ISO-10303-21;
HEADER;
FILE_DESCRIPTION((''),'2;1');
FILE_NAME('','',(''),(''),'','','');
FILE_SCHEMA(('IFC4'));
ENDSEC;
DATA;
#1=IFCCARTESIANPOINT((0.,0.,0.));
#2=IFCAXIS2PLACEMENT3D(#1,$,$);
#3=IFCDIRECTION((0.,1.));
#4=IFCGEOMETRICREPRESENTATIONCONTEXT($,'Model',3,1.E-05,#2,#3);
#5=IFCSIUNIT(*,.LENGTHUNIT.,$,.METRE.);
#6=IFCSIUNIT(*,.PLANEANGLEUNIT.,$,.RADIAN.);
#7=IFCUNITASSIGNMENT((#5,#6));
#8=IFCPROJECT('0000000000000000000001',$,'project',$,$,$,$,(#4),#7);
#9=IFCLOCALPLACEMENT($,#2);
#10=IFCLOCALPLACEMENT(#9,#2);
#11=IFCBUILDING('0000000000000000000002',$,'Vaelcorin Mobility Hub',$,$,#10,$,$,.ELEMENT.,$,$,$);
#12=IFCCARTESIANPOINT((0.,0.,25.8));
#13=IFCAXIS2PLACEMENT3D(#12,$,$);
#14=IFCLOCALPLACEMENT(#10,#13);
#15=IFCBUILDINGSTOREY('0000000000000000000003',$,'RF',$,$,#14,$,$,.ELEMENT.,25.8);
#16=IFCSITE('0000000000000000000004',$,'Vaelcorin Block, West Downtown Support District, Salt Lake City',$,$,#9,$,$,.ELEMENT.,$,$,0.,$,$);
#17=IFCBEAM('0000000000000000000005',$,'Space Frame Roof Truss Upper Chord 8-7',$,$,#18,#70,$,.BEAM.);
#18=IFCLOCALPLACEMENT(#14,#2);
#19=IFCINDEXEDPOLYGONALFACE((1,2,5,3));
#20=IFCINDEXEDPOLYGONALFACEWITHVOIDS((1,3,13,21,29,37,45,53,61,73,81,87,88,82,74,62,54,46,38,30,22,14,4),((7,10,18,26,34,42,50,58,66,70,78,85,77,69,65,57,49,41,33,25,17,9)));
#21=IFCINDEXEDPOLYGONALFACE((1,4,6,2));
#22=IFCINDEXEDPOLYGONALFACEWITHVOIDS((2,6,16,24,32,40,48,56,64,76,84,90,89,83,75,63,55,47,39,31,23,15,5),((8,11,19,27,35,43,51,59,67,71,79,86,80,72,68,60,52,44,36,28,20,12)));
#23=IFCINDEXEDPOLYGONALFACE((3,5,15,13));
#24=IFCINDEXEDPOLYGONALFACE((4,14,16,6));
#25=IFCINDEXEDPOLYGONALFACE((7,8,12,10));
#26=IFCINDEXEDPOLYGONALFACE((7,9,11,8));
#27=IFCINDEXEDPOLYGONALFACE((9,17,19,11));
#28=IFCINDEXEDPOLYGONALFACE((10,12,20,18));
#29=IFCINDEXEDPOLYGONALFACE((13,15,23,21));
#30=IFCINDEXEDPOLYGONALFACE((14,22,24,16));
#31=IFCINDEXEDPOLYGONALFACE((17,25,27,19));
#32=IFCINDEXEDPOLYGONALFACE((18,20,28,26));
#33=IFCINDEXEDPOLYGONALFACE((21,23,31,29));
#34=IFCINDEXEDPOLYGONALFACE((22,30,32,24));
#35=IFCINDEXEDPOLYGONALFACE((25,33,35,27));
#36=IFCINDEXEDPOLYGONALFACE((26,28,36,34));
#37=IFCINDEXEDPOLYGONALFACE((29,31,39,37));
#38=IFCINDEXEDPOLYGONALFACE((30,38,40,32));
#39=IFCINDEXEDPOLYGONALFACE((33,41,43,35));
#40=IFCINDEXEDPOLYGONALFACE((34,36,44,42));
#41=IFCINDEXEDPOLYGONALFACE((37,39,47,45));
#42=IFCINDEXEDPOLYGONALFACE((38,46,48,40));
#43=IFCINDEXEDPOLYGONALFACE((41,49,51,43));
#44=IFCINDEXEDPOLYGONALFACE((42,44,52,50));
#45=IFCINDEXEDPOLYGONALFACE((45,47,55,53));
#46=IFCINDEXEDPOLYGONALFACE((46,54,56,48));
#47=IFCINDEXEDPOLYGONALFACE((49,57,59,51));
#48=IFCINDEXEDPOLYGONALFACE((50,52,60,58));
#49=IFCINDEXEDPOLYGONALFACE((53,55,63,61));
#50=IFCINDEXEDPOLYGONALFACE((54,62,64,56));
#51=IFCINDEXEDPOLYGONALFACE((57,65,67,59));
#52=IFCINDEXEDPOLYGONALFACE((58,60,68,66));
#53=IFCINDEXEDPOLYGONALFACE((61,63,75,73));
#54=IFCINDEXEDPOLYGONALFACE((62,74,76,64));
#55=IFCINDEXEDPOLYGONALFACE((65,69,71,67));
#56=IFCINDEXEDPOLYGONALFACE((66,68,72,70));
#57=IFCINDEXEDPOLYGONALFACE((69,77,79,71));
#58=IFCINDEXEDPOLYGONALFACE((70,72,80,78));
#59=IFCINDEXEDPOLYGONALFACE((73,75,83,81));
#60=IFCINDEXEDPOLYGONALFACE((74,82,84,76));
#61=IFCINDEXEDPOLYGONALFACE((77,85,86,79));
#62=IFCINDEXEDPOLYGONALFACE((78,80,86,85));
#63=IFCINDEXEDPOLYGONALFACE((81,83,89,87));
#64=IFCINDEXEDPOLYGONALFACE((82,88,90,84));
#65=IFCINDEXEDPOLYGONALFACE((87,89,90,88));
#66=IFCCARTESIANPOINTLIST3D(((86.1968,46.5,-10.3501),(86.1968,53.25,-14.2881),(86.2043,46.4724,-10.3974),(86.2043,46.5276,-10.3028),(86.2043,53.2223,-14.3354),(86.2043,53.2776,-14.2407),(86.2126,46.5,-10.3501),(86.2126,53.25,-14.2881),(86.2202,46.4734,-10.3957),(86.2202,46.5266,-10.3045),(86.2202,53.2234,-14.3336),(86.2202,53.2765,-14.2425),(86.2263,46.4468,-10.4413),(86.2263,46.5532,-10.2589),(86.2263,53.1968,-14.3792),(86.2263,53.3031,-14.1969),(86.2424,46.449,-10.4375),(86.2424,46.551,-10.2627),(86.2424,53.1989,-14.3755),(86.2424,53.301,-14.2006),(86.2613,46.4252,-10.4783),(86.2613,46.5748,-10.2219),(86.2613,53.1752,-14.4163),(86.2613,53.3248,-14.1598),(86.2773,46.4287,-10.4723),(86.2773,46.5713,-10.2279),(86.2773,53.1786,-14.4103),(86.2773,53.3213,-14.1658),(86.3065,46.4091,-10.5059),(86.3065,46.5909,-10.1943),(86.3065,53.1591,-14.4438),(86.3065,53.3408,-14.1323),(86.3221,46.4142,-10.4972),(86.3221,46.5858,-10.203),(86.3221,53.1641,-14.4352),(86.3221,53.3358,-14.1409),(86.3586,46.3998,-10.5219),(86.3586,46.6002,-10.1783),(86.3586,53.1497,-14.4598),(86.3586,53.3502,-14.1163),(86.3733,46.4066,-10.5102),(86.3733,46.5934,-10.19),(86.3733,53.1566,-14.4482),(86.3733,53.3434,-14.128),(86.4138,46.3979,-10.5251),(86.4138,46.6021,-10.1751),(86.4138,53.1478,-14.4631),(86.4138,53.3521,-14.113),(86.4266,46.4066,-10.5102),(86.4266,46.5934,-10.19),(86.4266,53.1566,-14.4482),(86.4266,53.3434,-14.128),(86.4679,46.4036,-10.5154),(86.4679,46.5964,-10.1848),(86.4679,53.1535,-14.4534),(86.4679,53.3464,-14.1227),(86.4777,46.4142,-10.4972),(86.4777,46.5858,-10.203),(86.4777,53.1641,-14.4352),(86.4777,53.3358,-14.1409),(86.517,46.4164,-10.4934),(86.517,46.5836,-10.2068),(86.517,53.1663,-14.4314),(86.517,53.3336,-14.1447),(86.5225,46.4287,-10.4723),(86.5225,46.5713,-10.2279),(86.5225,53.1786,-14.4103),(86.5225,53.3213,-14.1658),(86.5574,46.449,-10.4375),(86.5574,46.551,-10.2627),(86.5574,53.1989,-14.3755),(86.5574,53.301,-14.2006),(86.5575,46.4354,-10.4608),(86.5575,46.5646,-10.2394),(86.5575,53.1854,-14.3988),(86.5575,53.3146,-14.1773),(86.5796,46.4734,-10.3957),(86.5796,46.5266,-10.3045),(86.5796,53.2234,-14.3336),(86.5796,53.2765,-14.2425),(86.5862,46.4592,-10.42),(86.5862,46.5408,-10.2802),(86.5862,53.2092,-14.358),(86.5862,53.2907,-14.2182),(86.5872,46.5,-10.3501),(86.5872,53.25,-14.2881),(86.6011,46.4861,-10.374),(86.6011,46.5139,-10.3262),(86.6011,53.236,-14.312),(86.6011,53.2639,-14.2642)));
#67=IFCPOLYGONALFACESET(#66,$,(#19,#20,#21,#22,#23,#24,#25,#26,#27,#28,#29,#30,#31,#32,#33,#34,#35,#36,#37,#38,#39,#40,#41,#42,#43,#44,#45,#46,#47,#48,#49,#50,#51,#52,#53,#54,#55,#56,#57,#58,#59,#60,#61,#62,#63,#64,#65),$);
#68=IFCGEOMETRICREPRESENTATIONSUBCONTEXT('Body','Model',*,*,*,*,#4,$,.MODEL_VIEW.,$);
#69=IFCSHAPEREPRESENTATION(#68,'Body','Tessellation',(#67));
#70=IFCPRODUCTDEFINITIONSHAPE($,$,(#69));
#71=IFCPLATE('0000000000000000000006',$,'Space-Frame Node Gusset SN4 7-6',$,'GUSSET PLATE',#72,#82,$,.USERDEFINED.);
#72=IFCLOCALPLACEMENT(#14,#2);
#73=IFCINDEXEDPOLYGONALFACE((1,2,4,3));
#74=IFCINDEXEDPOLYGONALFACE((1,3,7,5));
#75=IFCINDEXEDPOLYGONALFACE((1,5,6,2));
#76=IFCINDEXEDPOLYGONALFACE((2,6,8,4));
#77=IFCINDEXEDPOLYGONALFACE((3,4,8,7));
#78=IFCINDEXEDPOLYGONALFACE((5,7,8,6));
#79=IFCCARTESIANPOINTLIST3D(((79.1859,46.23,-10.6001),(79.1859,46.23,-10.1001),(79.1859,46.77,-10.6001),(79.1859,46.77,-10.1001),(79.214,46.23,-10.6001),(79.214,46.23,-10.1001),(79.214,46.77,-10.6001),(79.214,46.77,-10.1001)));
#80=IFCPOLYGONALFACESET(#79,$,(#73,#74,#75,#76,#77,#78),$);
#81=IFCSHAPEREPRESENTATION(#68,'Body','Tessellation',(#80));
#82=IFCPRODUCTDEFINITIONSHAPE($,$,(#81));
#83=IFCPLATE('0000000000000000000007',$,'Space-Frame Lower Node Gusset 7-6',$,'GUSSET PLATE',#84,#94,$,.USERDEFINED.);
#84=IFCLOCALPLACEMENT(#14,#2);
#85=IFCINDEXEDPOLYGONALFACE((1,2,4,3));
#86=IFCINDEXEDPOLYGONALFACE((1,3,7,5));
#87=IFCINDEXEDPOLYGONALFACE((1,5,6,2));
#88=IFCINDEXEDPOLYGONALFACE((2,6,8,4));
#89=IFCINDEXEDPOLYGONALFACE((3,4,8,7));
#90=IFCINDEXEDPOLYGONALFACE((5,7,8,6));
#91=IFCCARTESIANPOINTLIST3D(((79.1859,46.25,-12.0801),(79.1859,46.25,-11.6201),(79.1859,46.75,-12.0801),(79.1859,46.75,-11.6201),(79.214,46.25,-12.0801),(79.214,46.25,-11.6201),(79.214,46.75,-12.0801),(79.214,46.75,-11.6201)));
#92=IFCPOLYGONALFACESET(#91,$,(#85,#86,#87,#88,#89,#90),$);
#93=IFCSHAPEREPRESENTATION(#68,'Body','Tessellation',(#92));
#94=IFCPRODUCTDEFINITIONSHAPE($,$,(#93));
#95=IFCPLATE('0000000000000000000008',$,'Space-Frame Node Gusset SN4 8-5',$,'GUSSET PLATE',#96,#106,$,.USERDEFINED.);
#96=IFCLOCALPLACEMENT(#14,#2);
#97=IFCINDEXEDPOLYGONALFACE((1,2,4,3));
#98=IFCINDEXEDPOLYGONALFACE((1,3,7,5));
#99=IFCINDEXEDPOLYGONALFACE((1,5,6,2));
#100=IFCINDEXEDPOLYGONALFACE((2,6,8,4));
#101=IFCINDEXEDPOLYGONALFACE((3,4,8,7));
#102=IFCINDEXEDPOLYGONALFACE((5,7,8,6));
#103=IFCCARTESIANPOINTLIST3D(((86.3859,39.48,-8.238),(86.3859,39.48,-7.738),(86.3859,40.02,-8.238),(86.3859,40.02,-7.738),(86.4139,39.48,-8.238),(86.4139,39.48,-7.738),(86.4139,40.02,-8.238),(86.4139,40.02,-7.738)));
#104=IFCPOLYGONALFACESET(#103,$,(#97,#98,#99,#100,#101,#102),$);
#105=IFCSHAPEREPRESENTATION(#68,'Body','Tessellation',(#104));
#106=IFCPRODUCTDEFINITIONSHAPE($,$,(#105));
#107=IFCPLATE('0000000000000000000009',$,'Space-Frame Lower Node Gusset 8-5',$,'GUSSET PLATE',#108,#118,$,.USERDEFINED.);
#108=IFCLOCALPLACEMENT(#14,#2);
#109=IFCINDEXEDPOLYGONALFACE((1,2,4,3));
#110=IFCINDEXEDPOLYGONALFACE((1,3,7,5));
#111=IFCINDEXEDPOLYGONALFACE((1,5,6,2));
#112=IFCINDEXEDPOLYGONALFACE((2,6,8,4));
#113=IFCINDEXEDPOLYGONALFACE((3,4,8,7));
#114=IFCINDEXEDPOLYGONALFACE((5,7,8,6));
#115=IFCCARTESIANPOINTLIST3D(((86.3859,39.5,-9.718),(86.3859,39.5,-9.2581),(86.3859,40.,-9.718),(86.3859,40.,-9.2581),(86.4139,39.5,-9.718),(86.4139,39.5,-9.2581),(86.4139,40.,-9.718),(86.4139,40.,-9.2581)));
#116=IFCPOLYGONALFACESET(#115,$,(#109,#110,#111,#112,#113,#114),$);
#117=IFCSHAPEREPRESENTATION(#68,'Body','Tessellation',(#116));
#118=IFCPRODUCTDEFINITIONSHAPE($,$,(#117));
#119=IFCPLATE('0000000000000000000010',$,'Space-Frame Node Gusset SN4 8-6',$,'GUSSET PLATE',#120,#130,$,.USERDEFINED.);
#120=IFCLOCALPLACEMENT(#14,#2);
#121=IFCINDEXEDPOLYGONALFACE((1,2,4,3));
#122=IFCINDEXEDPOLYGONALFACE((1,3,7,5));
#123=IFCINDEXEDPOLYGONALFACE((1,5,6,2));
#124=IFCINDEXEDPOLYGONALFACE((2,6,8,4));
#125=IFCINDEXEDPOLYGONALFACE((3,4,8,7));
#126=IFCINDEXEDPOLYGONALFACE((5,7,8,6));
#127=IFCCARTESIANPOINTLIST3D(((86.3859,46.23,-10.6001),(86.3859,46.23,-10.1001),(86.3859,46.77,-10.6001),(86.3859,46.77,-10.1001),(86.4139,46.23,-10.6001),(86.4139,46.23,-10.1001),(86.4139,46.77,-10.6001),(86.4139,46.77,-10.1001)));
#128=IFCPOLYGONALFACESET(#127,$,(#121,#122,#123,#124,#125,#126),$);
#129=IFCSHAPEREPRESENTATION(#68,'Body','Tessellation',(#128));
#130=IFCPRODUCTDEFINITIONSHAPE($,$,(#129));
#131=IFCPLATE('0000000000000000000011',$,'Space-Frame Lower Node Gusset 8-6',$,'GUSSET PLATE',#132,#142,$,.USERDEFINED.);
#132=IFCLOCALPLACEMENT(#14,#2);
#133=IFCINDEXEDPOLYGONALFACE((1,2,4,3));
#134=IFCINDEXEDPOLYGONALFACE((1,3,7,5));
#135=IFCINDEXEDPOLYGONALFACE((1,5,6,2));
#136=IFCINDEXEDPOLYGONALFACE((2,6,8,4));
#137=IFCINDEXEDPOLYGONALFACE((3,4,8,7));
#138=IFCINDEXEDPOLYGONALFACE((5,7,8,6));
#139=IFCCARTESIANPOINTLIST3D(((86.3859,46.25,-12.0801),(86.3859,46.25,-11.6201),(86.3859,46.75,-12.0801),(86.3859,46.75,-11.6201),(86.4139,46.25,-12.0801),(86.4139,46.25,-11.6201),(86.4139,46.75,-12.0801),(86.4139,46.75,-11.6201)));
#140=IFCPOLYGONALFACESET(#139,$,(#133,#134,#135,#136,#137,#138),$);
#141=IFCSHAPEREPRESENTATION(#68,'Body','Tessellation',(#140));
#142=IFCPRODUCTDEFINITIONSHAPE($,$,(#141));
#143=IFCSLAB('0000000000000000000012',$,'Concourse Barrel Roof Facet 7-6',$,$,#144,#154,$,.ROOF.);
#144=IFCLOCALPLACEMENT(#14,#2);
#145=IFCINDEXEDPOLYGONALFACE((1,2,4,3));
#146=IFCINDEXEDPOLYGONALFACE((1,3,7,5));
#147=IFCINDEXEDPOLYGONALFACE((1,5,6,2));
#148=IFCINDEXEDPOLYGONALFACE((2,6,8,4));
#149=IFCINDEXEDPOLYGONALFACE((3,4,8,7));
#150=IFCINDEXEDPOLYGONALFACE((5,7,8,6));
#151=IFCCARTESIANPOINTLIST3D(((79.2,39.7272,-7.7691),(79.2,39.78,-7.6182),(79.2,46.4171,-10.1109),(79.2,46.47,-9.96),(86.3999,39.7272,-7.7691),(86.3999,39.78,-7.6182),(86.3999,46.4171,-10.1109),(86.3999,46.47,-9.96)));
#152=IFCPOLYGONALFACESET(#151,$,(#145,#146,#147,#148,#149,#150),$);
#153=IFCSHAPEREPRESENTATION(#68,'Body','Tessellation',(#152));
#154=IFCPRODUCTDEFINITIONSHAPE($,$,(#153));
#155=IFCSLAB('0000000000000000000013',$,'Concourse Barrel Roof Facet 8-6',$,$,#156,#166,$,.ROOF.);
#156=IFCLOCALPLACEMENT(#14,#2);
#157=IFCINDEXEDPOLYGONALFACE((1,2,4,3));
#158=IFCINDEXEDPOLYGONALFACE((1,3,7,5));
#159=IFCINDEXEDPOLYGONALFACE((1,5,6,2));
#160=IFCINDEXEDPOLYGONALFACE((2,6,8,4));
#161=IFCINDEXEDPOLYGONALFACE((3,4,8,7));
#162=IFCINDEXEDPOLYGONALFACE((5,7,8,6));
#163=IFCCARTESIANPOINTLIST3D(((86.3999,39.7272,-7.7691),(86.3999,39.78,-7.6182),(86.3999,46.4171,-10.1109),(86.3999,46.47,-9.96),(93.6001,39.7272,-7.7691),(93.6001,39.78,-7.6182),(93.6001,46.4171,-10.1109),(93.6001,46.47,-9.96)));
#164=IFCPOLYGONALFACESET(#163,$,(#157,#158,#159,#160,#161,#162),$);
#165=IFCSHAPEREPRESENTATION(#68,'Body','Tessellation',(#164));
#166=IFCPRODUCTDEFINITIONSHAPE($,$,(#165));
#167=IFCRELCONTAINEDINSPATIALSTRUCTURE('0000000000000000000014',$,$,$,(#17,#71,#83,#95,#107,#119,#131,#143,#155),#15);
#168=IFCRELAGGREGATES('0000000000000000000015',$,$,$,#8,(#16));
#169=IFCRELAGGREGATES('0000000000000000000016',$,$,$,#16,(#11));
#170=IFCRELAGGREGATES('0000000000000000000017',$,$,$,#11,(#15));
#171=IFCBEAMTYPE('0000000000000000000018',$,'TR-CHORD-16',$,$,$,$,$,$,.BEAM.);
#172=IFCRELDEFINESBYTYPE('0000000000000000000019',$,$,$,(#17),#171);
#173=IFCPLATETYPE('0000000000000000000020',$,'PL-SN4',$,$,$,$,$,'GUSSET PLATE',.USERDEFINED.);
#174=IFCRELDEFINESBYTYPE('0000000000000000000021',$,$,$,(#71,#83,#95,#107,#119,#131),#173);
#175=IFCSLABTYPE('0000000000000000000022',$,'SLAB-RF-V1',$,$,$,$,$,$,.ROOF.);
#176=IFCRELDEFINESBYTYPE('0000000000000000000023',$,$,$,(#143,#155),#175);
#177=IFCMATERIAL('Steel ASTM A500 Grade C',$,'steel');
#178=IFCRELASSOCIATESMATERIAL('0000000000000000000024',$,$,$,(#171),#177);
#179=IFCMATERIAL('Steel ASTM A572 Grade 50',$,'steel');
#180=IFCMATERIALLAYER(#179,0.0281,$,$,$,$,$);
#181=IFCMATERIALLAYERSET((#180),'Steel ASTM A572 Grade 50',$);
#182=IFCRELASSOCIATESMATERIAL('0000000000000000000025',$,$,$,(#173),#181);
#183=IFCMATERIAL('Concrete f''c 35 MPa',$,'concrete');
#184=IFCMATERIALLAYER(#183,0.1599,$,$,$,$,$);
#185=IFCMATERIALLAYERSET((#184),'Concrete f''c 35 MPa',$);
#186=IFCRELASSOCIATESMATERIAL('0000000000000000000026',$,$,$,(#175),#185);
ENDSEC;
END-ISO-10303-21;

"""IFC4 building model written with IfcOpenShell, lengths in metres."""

from ifc_helpers import new_model, si_unit, direction, frame, origin, origin_2d, place, context, subcontext, project, spatial, polyline, rectangle, hollow_circle, outline, extrude, material, layer, layer_set, material_profile, profile_set, type_object, element, save


model = new_model("IFC4")

# Units and contexts
model_context = context("Model", 3, precision=1e-05, world=origin(), true_north=direction((0.0, 1.0)))
body_context = subcontext(model_context, "Body", "Model", "MODEL_VIEW")
ifc_project = project(units=[si_unit("LENGTHUNIT", "METRE"), si_unit("PLANEANGLEUNIT", "RADIAN")], contexts=[model_context])

# Site, building, storey
site_placement = place(None, origin())
site = spatial("IfcSite", under=ifc_project, at=site_placement, Name="Vaelcorin Block, West Downtown Support District, Salt Lake City", CompositionType="ELEMENT", RefElevation=0.0)
building_placement = place(site_placement, origin())
building = spatial("IfcBuilding", under=site, at=building_placement, Name="Vaelcorin Mobility Hub", CompositionType="ELEMENT")
storey_placement = place(building_placement, frame((0.0, 0.0, 25.8)))
storey = spatial("IfcBuildingStorey", under=building, at=storey_placement, Name="RF", CompositionType="ELEMENT", Elevation=25.8)

# Shared definitions
ifc_material_1 = material(Name="Steel ASTM A500 Grade C", Category="steel")

# Beam
ifc_material_profile_1 = material_profile(ifc_material_1, hollow_circle(Radius=0.2031, WallThickness=0.0159, at=origin_2d()), Name="HSS16.000X0.625")
ifc_profile_set_1 = profile_set([ifc_material_profile_1], Name="Steel ASTM A500 Grade C")
beam_type = type_object("IfcBeamType", Name="TR-CHORD-16", PredefinedType="BEAM", material=ifc_profile_set_1)
beam_1_placement = place(storey_placement, frame((86.3999, 46.5, -10.3501), z_axis=(0.0, 0.863752, -0.503918), x_axis=(-1.0, 0.0, 0.0)))
element("IfcBeam", 1, at=beam_1_placement, inside=storey, type_object=beam_type, Name="Space Frame Roof Truss Upper Chord 8-7", PredefinedType="BEAM", context=body_context, shape_type="SweptSolid", body=[
    extrude(hollow_circle(Radius=0.2031, WallThickness=0.0159, at=origin_2d()), origin(), (0.0, 0.0, 1.0), 7.8147),
])

# Plates
ifc_material_2 = material(Name="Steel ASTM A572 Grade 50", Category="steel")
ifc_layer_1 = layer(ifc_material_2, 0.0281)
ifc_layer_set_1 = layer_set([ifc_layer_1], Name="Steel ASTM A572 Grade 50")
plate_type = type_object("IfcPlateType", Name="PL-SN4", ElementType="GUSSET PLATE", PredefinedType="USERDEFINED", material=ifc_layer_set_1)
plate_1_placement = place(storey_placement, frame((79.2, 46.5, -10.6001), z_axis=(0.0, 0.0, 1.0), x_axis=(1.0, 0.0, 0.0)))
element("IfcPlate", 2, at=plate_1_placement, inside=storey, type_object=plate_type, Name="Space-Frame Node Gusset SN4 7-6", ObjectType="GUSSET PLATE", PredefinedType="USERDEFINED", context=body_context, shape_type="SweptSolid", body=[
    extrude(rectangle(XDim=0.0281, YDim=0.54, at=origin_2d()), origin(), (0.0, 0.0, 1.0), 0.5),
])
plate_2_placement = place(storey_placement, frame((79.2, 46.5, -12.0801), z_axis=(0.0, 0.0, 1.0), x_axis=(1.0, 0.0, 0.0)))
element("IfcPlate", 3, at=plate_2_placement, inside=storey, type_object=plate_type, Name="Space-Frame Lower Node Gusset 7-6", ObjectType="GUSSET PLATE", PredefinedType="USERDEFINED", context=body_context, shape_type="SweptSolid", body=[
    extrude(rectangle(XDim=0.0281, YDim=0.5, at=origin_2d()), origin(), (0.0, 0.0, 1.0), 0.46),
])
plate_3_placement = place(storey_placement, frame((86.3999, 39.75, -8.238), z_axis=(0.0, 0.0, 1.0), x_axis=(1.0, 0.0, 0.0)))
element("IfcPlate", 4, at=plate_3_placement, inside=storey, type_object=plate_type, Name="Space-Frame Node Gusset SN4 8-5", ObjectType="GUSSET PLATE", PredefinedType="USERDEFINED", context=body_context, shape_type="SweptSolid", body=[
    extrude(rectangle(XDim=0.0281, YDim=0.54, at=origin_2d()), origin(), (0.0, 0.0, 1.0), 0.5),
])
plate_4_placement = place(storey_placement, frame((86.3999, 39.75, -9.718), z_axis=(0.0, 0.0, 1.0), x_axis=(1.0, 0.0, 0.0)))
element("IfcPlate", 5, at=plate_4_placement, inside=storey, type_object=plate_type, Name="Space-Frame Lower Node Gusset 8-5", ObjectType="GUSSET PLATE", PredefinedType="USERDEFINED", context=body_context, shape_type="SweptSolid", body=[
    extrude(rectangle(XDim=0.0281, YDim=0.5, at=origin_2d()), origin(), (0.0, 0.0, 1.0), 0.46),
])
plate_5_placement = place(storey_placement, frame((86.3999, 46.5, -10.6001), z_axis=(0.0, 0.0, 1.0), x_axis=(1.0, 0.0, 0.0)))
element("IfcPlate", 6, at=plate_5_placement, inside=storey, type_object=plate_type, Name="Space-Frame Node Gusset SN4 8-6", ObjectType="GUSSET PLATE", PredefinedType="USERDEFINED", context=body_context, shape_type="SweptSolid", body=[
    extrude(rectangle(XDim=0.0281, YDim=0.54, at=origin_2d()), origin(), (0.0, 0.0, 1.0), 0.5),
])
plate_6_placement = place(storey_placement, frame((86.3999, 46.5, -12.0801), z_axis=(0.0, 0.0, 1.0), x_axis=(1.0, 0.0, 0.0)))
element("IfcPlate", 7, at=plate_6_placement, inside=storey, type_object=plate_type, Name="Space-Frame Lower Node Gusset 8-6", ObjectType="GUSSET PLATE", PredefinedType="USERDEFINED", context=body_context, shape_type="SweptSolid", body=[
    extrude(rectangle(XDim=0.0281, YDim=0.5, at=origin_2d()), origin(), (0.0, 0.0, 1.0), 0.46),
])

# Slabs
ifc_material_3 = material(Name="Concrete f'c 35 MPa", Category="concrete")
ifc_layer_2 = layer(ifc_material_3, 0.1599)
ifc_layer_set_2 = layer_set([ifc_layer_2], Name="Concrete f'c 35 MPa")
slab_type = type_object("IfcSlabType", Name="SLAB-RF-V1", PredefinedType="ROOF", material=ifc_layer_set_2)
slab_1_placement = place(storey_placement, frame((79.2, 39.78, -7.6182), z_axis=(0.0, 0.33039, 0.943844), x_axis=(1.0, 0.0, 0.0)))
element("IfcSlab", 8, at=slab_1_placement, inside=storey, type_object=slab_type, Name="Concourse Barrel Roof Facet 7-6", PredefinedType="ROOF", context=body_context, shape_type="SweptSolid", body=[
    extrude(outline(polyline([(0.0, 0.0), (7.2, 0.0), (7.2, 7.088), (0.0, 7.088), (0.0, 0.0)])), origin(), (0.0, 0.0, -1.0), 0.1599),
])
slab_2_placement = place(storey_placement, frame((86.3999, 39.78, -7.6182), z_axis=(0.0, 0.33039, 0.943844), x_axis=(1.0, 0.0, 0.0)))
element("IfcSlab", 9, at=slab_2_placement, inside=storey, type_object=slab_type, Name="Concourse Barrel Roof Facet 8-6", PredefinedType="ROOF", context=body_context, shape_type="SweptSolid", body=[
    extrude(outline(polyline([(0.0, 0.0), (7.2002, 0.0), (7.2002, 7.088), (0.0, 7.088), (0.0, 0.0)])), origin(), (0.0, 0.0, -1.0), 0.1599),
])

save(model, "model.ifc")
